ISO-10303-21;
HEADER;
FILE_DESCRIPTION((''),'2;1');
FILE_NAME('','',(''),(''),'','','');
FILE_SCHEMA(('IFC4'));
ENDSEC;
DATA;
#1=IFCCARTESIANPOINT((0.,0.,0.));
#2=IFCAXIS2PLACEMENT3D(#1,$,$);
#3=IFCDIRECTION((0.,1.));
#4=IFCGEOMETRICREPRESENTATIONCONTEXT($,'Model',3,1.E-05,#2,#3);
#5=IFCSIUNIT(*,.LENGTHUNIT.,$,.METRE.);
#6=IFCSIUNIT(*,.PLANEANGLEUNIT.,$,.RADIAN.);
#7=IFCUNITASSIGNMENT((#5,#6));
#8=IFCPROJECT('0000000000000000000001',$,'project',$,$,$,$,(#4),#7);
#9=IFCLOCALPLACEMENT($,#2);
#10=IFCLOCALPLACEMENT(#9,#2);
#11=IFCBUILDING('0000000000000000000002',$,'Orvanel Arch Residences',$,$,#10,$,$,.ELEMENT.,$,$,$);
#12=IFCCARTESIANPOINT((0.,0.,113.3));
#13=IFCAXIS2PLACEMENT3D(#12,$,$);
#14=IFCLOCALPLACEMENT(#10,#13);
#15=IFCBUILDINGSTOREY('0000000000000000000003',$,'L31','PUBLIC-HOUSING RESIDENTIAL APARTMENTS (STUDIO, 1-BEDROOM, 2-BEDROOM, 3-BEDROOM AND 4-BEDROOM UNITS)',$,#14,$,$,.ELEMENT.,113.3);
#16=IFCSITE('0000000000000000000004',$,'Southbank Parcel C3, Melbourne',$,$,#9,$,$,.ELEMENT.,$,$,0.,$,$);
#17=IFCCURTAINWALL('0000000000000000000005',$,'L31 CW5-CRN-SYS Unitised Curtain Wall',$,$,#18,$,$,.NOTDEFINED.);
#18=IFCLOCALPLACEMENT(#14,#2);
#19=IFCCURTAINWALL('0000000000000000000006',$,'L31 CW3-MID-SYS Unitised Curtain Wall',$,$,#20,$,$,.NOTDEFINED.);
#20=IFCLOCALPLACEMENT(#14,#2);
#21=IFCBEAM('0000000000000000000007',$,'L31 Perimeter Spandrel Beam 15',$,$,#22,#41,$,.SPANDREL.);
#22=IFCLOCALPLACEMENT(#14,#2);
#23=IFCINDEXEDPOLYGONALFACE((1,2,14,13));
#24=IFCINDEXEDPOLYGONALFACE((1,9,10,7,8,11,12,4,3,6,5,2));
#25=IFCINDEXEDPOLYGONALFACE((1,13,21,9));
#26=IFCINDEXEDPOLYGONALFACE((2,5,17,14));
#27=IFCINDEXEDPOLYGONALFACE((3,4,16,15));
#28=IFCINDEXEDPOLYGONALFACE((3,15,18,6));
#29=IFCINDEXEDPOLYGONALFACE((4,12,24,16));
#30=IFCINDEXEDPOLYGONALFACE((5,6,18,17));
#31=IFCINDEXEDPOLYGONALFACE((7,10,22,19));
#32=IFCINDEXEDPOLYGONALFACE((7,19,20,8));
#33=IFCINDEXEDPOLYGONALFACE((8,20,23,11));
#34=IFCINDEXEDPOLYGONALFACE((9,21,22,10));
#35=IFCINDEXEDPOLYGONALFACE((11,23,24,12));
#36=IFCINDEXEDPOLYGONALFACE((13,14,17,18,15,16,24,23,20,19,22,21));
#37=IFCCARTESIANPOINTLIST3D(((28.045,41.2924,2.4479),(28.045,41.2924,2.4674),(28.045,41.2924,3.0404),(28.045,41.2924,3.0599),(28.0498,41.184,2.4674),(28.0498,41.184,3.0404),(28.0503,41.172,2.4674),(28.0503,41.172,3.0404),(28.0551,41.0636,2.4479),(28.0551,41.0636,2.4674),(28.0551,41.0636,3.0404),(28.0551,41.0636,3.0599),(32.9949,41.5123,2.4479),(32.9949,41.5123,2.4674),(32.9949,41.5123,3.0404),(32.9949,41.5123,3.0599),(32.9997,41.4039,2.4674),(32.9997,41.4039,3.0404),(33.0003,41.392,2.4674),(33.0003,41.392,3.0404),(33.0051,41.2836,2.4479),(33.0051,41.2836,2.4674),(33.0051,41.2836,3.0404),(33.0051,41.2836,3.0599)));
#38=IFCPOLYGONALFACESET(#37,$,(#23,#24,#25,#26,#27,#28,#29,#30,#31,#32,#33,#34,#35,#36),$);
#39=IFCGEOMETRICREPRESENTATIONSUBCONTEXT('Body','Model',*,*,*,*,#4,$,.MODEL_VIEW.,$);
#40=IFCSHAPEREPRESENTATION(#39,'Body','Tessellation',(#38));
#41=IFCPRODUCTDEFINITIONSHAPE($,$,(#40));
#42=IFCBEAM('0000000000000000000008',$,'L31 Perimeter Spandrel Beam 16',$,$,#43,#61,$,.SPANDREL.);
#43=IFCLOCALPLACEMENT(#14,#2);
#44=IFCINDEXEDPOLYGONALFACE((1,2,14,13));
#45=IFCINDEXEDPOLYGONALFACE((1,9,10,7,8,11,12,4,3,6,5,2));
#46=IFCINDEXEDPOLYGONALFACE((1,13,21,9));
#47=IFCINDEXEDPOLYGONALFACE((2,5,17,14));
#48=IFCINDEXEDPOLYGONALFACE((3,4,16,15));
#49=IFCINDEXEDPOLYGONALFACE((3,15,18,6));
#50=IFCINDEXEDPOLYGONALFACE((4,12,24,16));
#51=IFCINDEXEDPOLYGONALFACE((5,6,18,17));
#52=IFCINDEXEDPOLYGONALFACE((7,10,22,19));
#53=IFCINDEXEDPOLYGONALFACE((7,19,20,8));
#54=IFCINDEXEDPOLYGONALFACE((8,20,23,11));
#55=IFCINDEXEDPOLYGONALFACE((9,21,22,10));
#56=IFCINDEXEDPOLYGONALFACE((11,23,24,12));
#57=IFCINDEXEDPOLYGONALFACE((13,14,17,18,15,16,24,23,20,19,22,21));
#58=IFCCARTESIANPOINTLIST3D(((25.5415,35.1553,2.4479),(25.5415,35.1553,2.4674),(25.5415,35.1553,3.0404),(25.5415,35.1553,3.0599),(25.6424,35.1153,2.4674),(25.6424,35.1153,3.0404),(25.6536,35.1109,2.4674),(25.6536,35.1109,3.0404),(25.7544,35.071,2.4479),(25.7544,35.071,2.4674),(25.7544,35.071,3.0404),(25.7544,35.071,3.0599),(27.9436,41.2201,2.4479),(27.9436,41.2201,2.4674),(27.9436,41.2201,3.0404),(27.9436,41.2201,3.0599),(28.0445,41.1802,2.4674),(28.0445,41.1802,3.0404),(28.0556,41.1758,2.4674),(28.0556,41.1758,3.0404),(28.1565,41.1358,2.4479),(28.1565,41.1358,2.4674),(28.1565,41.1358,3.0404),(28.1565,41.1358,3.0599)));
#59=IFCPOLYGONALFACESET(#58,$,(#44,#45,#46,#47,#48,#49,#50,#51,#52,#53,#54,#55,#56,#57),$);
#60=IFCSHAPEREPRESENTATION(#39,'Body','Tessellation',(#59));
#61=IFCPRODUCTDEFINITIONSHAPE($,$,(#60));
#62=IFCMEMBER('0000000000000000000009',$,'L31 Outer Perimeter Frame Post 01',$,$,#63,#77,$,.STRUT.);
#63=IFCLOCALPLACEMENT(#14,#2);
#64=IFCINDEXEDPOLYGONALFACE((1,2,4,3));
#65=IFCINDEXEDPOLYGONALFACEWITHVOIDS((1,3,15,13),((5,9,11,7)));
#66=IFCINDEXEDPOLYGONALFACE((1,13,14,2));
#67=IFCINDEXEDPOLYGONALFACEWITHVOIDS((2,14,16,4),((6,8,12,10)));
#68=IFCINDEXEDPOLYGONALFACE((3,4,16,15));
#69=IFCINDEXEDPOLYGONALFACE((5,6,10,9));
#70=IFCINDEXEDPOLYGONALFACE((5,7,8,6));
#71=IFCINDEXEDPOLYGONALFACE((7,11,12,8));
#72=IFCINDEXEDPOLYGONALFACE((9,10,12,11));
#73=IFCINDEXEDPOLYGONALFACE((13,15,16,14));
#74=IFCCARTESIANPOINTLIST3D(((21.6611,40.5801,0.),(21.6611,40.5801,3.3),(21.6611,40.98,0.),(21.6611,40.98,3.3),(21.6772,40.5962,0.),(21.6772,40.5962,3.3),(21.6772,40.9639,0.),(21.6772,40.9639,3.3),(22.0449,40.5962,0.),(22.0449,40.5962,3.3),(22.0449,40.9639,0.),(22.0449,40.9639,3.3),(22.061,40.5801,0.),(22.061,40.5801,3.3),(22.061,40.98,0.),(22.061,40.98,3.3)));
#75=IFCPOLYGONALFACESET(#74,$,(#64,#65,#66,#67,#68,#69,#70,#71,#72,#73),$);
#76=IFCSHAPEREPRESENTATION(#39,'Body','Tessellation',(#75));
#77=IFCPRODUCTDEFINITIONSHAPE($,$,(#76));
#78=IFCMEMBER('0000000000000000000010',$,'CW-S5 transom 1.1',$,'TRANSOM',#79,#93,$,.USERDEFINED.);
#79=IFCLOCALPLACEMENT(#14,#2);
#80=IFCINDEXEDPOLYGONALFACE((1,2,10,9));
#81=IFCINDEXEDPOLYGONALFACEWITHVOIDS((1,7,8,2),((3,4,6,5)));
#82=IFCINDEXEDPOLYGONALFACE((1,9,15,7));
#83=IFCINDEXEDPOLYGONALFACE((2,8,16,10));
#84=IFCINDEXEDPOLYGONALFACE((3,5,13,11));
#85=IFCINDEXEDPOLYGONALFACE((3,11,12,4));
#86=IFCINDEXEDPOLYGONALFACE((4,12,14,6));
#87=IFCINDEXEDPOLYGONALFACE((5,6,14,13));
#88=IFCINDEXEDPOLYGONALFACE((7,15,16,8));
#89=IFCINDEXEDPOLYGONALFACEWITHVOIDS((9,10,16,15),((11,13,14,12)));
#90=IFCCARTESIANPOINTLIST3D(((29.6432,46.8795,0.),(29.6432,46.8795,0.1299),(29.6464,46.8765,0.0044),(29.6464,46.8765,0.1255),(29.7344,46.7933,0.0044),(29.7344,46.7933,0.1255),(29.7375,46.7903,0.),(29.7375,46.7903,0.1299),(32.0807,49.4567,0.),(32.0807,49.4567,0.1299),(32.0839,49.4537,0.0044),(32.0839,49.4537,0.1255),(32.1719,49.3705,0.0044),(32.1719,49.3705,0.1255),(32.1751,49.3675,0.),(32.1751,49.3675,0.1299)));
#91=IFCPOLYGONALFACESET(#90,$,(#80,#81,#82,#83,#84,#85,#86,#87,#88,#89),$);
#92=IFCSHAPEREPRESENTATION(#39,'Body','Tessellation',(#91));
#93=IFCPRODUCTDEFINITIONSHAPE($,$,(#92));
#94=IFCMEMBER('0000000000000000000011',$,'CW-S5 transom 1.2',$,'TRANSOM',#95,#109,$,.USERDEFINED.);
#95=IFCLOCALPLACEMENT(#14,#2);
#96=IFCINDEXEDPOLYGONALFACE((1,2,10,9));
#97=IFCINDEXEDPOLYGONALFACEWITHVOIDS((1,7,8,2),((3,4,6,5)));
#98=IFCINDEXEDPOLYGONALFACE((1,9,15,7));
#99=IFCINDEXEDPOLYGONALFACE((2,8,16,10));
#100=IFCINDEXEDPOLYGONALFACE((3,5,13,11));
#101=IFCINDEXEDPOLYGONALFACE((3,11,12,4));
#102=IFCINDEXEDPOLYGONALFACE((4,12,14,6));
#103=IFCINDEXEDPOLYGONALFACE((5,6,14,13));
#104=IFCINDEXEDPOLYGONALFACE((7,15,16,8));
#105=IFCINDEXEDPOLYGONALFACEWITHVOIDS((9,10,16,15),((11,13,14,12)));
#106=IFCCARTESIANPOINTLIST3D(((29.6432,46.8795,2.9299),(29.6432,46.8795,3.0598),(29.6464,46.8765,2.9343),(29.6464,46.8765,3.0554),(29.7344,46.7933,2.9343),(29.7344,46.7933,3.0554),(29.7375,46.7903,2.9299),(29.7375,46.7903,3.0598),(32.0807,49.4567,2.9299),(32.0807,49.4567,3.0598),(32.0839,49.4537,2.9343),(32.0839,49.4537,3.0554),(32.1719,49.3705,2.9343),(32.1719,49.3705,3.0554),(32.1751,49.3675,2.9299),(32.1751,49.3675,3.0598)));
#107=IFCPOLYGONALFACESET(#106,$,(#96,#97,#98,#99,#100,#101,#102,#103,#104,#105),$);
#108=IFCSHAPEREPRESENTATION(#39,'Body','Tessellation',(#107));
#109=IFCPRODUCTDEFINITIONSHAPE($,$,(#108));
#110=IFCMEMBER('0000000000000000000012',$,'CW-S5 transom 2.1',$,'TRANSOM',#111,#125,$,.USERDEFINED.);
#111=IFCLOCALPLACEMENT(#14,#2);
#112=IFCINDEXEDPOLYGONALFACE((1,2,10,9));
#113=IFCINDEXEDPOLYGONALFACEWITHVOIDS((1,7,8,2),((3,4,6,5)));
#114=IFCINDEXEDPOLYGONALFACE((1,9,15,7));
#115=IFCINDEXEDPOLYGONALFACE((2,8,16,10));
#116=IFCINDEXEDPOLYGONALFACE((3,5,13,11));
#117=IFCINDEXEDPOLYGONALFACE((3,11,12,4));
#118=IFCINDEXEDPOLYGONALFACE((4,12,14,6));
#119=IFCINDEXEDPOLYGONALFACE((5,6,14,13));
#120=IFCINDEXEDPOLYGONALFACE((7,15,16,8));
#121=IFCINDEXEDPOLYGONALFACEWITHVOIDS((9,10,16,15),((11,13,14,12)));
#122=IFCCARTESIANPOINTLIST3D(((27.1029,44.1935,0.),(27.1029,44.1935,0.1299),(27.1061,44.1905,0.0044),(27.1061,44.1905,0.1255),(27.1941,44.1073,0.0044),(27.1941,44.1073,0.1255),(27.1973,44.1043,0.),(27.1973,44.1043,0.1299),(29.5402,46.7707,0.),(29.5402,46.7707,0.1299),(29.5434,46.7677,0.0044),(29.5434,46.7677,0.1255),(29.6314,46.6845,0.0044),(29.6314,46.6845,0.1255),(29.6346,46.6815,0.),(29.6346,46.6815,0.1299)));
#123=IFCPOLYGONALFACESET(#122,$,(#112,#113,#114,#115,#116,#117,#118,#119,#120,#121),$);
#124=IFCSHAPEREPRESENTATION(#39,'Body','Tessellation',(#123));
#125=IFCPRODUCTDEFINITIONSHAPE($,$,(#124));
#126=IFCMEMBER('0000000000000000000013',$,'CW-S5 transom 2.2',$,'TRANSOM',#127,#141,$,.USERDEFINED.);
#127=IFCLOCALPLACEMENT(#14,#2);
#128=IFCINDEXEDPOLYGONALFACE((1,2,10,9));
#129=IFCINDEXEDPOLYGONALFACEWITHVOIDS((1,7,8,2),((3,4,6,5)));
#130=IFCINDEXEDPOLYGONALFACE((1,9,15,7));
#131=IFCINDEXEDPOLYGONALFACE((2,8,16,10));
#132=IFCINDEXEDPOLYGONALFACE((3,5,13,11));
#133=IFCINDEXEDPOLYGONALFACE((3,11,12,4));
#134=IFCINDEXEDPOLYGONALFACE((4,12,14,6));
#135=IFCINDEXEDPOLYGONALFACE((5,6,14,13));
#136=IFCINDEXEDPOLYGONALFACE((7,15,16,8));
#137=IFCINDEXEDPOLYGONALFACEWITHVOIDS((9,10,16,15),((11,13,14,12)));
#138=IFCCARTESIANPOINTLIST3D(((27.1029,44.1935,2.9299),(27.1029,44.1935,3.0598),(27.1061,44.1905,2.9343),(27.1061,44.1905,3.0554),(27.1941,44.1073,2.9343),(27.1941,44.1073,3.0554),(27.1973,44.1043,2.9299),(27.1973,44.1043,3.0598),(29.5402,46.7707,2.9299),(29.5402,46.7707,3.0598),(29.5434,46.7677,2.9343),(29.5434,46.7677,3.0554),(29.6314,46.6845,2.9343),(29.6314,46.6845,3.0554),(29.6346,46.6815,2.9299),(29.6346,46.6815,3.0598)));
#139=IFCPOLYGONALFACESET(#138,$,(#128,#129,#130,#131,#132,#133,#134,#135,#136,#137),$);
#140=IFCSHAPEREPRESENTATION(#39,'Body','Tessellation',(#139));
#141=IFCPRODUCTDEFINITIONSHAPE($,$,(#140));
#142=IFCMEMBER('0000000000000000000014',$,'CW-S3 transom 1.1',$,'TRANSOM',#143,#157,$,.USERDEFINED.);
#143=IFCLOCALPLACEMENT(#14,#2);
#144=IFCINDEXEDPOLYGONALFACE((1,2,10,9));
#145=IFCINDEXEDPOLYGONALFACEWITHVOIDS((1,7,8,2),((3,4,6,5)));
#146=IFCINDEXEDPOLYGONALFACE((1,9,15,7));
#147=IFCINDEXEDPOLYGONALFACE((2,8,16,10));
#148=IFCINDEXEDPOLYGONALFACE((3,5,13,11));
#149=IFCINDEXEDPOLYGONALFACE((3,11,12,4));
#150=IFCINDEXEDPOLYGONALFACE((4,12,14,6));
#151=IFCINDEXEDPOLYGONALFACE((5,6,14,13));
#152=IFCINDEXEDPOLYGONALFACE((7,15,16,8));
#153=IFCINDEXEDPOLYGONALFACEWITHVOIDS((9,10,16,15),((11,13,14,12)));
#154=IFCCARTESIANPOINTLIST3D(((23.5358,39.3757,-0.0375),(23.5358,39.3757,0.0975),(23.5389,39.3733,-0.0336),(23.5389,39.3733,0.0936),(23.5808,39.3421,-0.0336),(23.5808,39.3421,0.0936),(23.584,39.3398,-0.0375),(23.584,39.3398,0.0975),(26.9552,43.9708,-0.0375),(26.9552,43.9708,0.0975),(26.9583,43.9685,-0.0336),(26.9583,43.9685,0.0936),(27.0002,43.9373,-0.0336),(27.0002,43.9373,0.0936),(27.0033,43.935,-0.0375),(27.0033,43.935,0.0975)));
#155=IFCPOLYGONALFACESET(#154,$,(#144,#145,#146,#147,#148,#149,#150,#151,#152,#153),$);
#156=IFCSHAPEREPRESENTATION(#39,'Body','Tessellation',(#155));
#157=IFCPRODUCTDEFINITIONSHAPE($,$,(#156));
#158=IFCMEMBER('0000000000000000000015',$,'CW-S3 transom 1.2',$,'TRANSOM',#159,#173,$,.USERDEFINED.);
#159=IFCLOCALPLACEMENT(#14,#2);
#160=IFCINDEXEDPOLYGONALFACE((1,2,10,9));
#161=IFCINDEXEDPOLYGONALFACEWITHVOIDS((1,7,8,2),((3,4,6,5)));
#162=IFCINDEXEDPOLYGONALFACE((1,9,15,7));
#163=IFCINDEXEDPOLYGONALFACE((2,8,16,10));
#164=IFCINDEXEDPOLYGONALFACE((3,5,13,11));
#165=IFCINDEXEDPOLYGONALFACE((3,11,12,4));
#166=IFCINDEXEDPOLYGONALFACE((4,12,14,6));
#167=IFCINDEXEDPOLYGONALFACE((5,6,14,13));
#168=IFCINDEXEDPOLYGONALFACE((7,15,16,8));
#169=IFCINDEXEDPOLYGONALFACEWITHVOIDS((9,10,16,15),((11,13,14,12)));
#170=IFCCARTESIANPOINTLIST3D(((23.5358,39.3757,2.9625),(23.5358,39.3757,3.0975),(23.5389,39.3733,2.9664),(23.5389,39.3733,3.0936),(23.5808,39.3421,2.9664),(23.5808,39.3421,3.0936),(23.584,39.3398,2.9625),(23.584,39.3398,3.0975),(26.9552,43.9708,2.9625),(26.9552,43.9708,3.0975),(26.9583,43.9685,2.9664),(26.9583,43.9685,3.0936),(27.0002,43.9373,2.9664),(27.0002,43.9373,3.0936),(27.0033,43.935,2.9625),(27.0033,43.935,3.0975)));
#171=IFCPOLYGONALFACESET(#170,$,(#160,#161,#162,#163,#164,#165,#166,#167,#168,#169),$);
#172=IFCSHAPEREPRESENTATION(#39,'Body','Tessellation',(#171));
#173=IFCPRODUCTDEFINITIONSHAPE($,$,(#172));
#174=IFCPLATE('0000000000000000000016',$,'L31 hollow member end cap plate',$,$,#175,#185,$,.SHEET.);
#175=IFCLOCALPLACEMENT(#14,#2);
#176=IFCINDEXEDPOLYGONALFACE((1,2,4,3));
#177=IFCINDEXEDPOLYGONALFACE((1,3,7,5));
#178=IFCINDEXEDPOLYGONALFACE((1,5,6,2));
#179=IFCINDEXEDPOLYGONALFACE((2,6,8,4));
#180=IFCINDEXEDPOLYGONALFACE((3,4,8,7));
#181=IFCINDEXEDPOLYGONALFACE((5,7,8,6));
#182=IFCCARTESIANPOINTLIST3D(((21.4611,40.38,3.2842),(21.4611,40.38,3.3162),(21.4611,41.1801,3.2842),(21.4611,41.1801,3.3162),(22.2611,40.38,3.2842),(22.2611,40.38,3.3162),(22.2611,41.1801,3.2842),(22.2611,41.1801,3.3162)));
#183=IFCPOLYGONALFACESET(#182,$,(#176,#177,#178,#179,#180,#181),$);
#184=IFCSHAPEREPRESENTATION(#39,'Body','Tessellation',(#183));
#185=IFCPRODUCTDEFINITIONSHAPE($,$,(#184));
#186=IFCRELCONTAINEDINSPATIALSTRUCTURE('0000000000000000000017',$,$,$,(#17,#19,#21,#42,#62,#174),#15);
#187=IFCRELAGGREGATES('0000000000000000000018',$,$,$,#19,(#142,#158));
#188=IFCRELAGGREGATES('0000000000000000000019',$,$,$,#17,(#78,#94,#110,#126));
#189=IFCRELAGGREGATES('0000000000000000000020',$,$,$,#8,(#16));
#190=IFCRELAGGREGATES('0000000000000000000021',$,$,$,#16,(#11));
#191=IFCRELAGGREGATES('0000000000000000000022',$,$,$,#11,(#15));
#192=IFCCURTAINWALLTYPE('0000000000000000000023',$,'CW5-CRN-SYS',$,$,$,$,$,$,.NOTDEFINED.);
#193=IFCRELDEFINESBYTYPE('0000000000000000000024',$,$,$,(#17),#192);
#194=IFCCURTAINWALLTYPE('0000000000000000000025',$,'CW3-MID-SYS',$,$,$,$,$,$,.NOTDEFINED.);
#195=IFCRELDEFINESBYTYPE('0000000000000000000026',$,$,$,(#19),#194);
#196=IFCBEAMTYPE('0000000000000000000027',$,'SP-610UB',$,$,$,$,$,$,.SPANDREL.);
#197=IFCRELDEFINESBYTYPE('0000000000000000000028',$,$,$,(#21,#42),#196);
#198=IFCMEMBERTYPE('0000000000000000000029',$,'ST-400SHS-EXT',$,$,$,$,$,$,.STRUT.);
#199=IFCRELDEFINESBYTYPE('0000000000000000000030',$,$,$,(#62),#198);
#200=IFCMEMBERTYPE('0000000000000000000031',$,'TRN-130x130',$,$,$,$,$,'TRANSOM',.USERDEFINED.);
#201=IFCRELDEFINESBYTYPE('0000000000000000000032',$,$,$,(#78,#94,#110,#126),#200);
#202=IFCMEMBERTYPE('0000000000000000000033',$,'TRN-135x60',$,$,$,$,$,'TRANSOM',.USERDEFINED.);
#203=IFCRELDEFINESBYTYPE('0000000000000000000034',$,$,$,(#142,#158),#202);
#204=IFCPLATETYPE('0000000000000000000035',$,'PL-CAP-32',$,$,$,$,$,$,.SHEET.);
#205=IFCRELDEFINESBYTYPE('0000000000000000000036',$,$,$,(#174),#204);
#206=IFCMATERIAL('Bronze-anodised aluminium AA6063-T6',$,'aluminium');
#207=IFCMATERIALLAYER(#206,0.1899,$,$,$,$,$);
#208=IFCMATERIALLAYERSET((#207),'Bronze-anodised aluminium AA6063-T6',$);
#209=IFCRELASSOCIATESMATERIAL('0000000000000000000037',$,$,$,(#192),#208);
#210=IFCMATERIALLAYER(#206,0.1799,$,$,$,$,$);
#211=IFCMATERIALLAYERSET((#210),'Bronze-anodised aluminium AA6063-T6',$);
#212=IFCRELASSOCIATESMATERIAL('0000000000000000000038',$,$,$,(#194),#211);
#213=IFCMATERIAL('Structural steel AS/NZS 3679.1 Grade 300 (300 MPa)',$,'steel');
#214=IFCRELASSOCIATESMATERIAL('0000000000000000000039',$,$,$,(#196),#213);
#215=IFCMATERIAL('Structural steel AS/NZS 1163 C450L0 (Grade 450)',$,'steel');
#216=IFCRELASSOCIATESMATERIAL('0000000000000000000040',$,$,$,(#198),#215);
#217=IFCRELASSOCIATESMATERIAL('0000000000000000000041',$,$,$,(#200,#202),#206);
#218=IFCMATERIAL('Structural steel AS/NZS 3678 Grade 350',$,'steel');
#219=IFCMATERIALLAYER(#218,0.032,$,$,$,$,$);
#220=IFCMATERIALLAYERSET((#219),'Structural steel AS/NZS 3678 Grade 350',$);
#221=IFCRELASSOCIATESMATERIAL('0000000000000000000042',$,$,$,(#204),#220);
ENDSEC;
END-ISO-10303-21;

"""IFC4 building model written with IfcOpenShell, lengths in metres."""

from ifc_helpers import new_model, si_unit, direction, frame, origin, origin_2d, place, context, subcontext, project, spatial, rectangle, hollow_rectangle, i_section, extrude, material, layer, layer_set, material_profile, profile_set, type_object, element, aggregate, save


model = new_model("IFC4")

# Units and contexts
model_context = context("Model", 3, precision=1e-05, world=origin(), true_north=direction((0.0, 1.0)))
body_context = subcontext(model_context, "Body", "Model", "MODEL_VIEW")
ifc_project = project(units=[si_unit("LENGTHUNIT", "METRE"), si_unit("PLANEANGLEUNIT", "RADIAN")], contexts=[model_context])

# Site, building, storey
site_placement = place(None, origin())
site = spatial("IfcSite", under=ifc_project, at=site_placement, Name="Southbank Parcel C3, Melbourne", CompositionType="ELEMENT", RefElevation=0.0)
building_placement = place(site_placement, origin())
building = spatial("IfcBuilding", under=site, at=building_placement, Name="Orvanel Arch Residences", CompositionType="ELEMENT")
storey_placement = place(building_placement, frame((0.0, 0.0, 113.3)))
storey = spatial("IfcBuildingStorey", under=building, at=storey_placement, Name="L31", Description="PUBLIC-HOUSING RESIDENTIAL APARTMENTS (STUDIO, 1-BEDROOM, 2-BEDROOM, 3-BEDROOM AND 4-BEDROOM UNITS)", CompositionType="ELEMENT", Elevation=113.3)

# Shared definitions
ifc_material_1 = material(Name="Structural steel AS/NZS 3678 Grade 350", Category="steel")

# Shared definitions
ifc_material_2 = material(Name="Structural steel AS/NZS 3679.1 Grade 300 (300 MPa)", Category="steel")

# Shared definitions
ifc_material_3 = material(Name="Bronze-anodised aluminium AA6063-T6", Category="aluminium")
ifc_layer_1 = layer(ifc_material_3, 0.1899)
ifc_layer_set_1 = layer_set([ifc_layer_1], Name="Bronze-anodised aluminium AA6063-T6")
curtain_wall_type_1 = type_object("IfcCurtainWallType", Name="CW5-CRN-SYS", PredefinedType="NOTDEFINED", material=ifc_layer_set_1)

# Curtain wall
curtain_wall_1_placement = place(storey_placement, origin())
curtain_wall_1 = element("IfcCurtainWall", 1, at=curtain_wall_1_placement, inside=storey, type_object=curtain_wall_type_1, Name="L31 CW5-CRN-SYS Unitised Curtain Wall", PredefinedType="NOTDEFINED")

# Curtain wall
ifc_layer_2 = layer(ifc_material_3, 0.1799)
ifc_layer_set_2 = layer_set([ifc_layer_2], Name="Bronze-anodised aluminium AA6063-T6")
curtain_wall_type_2 = type_object("IfcCurtainWallType", Name="CW3-MID-SYS", PredefinedType="NOTDEFINED", material=ifc_layer_set_2)
curtain_wall_2_placement = place(storey_placement, origin())
curtain_wall_2 = element("IfcCurtainWall", 2, at=curtain_wall_2_placement, inside=storey, type_object=curtain_wall_type_2, Name="L31 CW3-MID-SYS Unitised Curtain Wall", PredefinedType="NOTDEFINED")

# Beams
ifc_material_profile_1 = material_profile(ifc_material_2, i_section(OverallWidth=0.229, OverallDepth=0.6121, WebThickness=0.012, FlangeThickness=0.0195, at=origin_2d()), Name="610UB125")
ifc_profile_set_1 = profile_set([ifc_material_profile_1], Name="Structural steel AS/NZS 3679.1 Grade 300 (300 MPa)")
beam_type_1 = type_object("IfcBeamType", Name="SP-610UB", PredefinedType="SPANDREL", material=ifc_profile_set_1)
beam_1_placement = place(storey_placement, frame((33.0, 41.3979, 2.7539), z_axis=(-0.999014, -0.044395, 0.0), x_axis=(0.044395, -0.999014, 0.0)))
element("IfcBeam", 3, at=beam_1_placement, inside=storey, type_object=beam_type_1, Name="L31 Perimeter Spandrel Beam 15", PredefinedType="SPANDREL", context=body_context, shape_type="SweptSolid", body=[
    extrude(i_section(OverallWidth=0.229, OverallDepth=0.6121, WebThickness=0.012, FlangeThickness=0.0195, at=origin_2d()), origin(), (0.0, 0.0, 1.0), 4.9548),
])
beam_2_placement = place(storey_placement, frame((28.05, 41.178, 2.7539), z_axis=(-0.368233, -0.929733, 0.0), x_axis=(0.929733, -0.368233, 0.0)))
element("IfcBeam", 4, at=beam_2_placement, inside=storey, type_object=beam_type_1, Name="L31 Perimeter Spandrel Beam 16", PredefinedType="SPANDREL", context=body_context, shape_type="SweptSolid", body=[
    extrude(i_section(OverallWidth=0.229, OverallDepth=0.6121, WebThickness=0.012, FlangeThickness=0.0195, at=origin_2d()), origin(), (0.0, 0.0, 1.0), 6.5232),
])

# Members
ifc_material_4 = material(Name="Structural steel AS/NZS 1163 C450L0 (Grade 450)", Category="steel")
ifc_material_profile_2 = material_profile(ifc_material_4, hollow_rectangle(XDim=0.3999, YDim=0.3999, WallThickness=0.0161, at=origin_2d()), Name="SHS400x400x16")
ifc_profile_set_2 = profile_set([ifc_material_profile_2], Name="Structural steel AS/NZS 1163 C450L0 (Grade 450)")
member_type_1 = type_object("IfcMemberType", Name="ST-400SHS-EXT", PredefinedType="STRUT", material=ifc_profile_set_2)
member_1_placement = place(storey_placement, frame((21.8611, 40.78, 0.0), z_axis=(0.0, 0.0, 1.0), x_axis=(1.0, 0.0, 0.0)))
element("IfcMember", 5, at=member_1_placement, inside=storey, type_object=member_type_1, Name="L31 Outer Perimeter Frame Post 01", PredefinedType="STRUT", context=body_context, shape_type="SweptSolid", body=[
    extrude(hollow_rectangle(XDim=0.3999, YDim=0.3999, WallThickness=0.0161, at=origin_2d()), origin(), (0.0, 0.0, 1.0), 3.3),
])
ifc_material_profile_3 = material_profile(ifc_material_3, hollow_rectangle(XDim=0.1299, YDim=0.1299, WallThickness=0.0044, at=origin_2d()), Name="ALU130x130x4.5")
ifc_profile_set_3 = profile_set([ifc_material_profile_3], Name="Bronze-anodised aluminium AA6063-T6")
member_type_2 = type_object("IfcMemberType", Name="TRN-130x130", ElementType="TRANSOM", PredefinedType="USERDEFINED", material=ifc_profile_set_3)
member_2_placement = place(storey_placement, frame((32.1279, 49.4121, 0.0649), z_axis=(-0.687149, -0.726517, 0.0), x_axis=(0.726517, -0.687149, 0.0)))
member_2 = element("IfcMember", 6, at=member_2_placement, type_object=member_type_2, Name="CW-S5 transom 1.1", ObjectType="TRANSOM", PredefinedType="USERDEFINED", context=body_context, shape_type="SweptSolid", body=[
    extrude(hollow_rectangle(XDim=0.1299, YDim=0.1299, WallThickness=0.0044, at=origin_2d()), origin(), (0.0, 0.0, 1.0), 3.5474),
])
member_3_placement = place(storey_placement, frame((32.1279, 49.4121, 2.9949), z_axis=(-0.687149, -0.726517, 0.0), x_axis=(0.726517, -0.687149, 0.0)))
member_3 = element("IfcMember", 7, at=member_3_placement, type_object=member_type_2, Name="CW-S5 transom 1.2", ObjectType="TRANSOM", PredefinedType="USERDEFINED", context=body_context, shape_type="SweptSolid", body=[
    extrude(hollow_rectangle(XDim=0.1299, YDim=0.1299, WallThickness=0.0044, at=origin_2d()), origin(), (0.0, 0.0, 1.0), 3.5474),
])
member_4_placement = place(storey_placement, frame((29.5874, 46.7261, 0.0649), z_axis=(-0.687112, -0.726551, 0.0), x_axis=(0.726551, -0.687112, 0.0)))
member_4 = element("IfcMember", 8, at=member_4_placement, type_object=member_type_2, Name="CW-S5 transom 2.1", ObjectType="TRANSOM", PredefinedType="USERDEFINED", context=body_context, shape_type="SweptSolid", body=[
    extrude(hollow_rectangle(XDim=0.1299, YDim=0.1299, WallThickness=0.0044, at=origin_2d()), origin(), (0.0, 0.0, 1.0), 3.5471),
])
member_5_placement = place(storey_placement, frame((29.5874, 46.7261, 2.9949), z_axis=(-0.687112, -0.726551, 0.0), x_axis=(0.726551, -0.687112, 0.0)))
member_5 = element("IfcMember", 9, at=member_5_placement, type_object=member_type_2, Name="CW-S5 transom 2.2", ObjectType="TRANSOM", PredefinedType="USERDEFINED", context=body_context, shape_type="SweptSolid", body=[
    extrude(hollow_rectangle(XDim=0.1299, YDim=0.1299, WallThickness=0.0044, at=origin_2d()), origin(), (0.0, 0.0, 1.0), 3.5471),
])
ifc_material_profile_4 = material_profile(ifc_material_3, hollow_rectangle(XDim=0.0601, YDim=0.135, WallThickness=0.0039, at=origin_2d()), Name="ALU135x60x4")
ifc_profile_set_4 = profile_set([ifc_material_profile_4], Name="Bronze-anodised aluminium AA6063-T6")
member_type_3 = type_object("IfcMemberType", Name="TRN-135x60", ElementType="TRANSOM", PredefinedType="USERDEFINED", material=ifc_profile_set_4)
member_6_placement = place(storey_placement, frame((26.9792, 43.9529, 0.03), z_axis=(-0.596981, -0.802255, 0.0), x_axis=(0.802255, -0.596981, 0.0)))
member_6 = element("IfcMember", 10, at=member_6_placement, type_object=member_type_3, Name="CW-S3 transom 1.1", ObjectType="TRANSOM", PredefinedType="USERDEFINED", context=body_context, shape_type="SweptSolid", body=[
    extrude(hollow_rectangle(XDim=0.0601, YDim=0.135, WallThickness=0.0039, at=origin_2d()), origin(), (0.0, 0.0, 1.0), 5.7278),
])
member_7_placement = place(storey_placement, frame((26.9792, 43.9529, 3.03), z_axis=(-0.596981, -0.802255, 0.0), x_axis=(0.802255, -0.596981, 0.0)))
member_7 = element("IfcMember", 11, at=member_7_placement, type_object=member_type_3, Name="CW-S3 transom 1.2", ObjectType="TRANSOM", PredefinedType="USERDEFINED", context=body_context, shape_type="SweptSolid", body=[
    extrude(hollow_rectangle(XDim=0.0601, YDim=0.135, WallThickness=0.0039, at=origin_2d()), origin(), (0.0, 0.0, 1.0), 5.7278),
])

# Plate
ifc_layer_3 = layer(ifc_material_1, 0.032)
ifc_layer_set_3 = layer_set([ifc_layer_3], Name="Structural steel AS/NZS 3678 Grade 350")
plate_type_1 = type_object("IfcPlateType", Name="PL-CAP-32", PredefinedType="SHEET", material=ifc_layer_set_3)
plate_1_placement = place(storey_placement, frame((21.8611, 40.78, 3.2842), z_axis=(0.0, 0.0, 1.0), x_axis=(1.0, 0.0, 0.0)))
element("IfcPlate", 12, at=plate_1_placement, inside=storey, type_object=plate_type_1, Name="L31 hollow member end cap plate", PredefinedType="SHEET", context=body_context, shape_type="SweptSolid", body=[
    extrude(rectangle(XDim=0.8, YDim=0.8, at=origin_2d()), origin(), (0.0, 0.0, 1.0), 0.032),
])
aggregate(curtain_wall_2, [member_6, member_7])
aggregate(curtain_wall_1, [member_2, member_3, member_4, member_5])

save(model, "model.ifc")
